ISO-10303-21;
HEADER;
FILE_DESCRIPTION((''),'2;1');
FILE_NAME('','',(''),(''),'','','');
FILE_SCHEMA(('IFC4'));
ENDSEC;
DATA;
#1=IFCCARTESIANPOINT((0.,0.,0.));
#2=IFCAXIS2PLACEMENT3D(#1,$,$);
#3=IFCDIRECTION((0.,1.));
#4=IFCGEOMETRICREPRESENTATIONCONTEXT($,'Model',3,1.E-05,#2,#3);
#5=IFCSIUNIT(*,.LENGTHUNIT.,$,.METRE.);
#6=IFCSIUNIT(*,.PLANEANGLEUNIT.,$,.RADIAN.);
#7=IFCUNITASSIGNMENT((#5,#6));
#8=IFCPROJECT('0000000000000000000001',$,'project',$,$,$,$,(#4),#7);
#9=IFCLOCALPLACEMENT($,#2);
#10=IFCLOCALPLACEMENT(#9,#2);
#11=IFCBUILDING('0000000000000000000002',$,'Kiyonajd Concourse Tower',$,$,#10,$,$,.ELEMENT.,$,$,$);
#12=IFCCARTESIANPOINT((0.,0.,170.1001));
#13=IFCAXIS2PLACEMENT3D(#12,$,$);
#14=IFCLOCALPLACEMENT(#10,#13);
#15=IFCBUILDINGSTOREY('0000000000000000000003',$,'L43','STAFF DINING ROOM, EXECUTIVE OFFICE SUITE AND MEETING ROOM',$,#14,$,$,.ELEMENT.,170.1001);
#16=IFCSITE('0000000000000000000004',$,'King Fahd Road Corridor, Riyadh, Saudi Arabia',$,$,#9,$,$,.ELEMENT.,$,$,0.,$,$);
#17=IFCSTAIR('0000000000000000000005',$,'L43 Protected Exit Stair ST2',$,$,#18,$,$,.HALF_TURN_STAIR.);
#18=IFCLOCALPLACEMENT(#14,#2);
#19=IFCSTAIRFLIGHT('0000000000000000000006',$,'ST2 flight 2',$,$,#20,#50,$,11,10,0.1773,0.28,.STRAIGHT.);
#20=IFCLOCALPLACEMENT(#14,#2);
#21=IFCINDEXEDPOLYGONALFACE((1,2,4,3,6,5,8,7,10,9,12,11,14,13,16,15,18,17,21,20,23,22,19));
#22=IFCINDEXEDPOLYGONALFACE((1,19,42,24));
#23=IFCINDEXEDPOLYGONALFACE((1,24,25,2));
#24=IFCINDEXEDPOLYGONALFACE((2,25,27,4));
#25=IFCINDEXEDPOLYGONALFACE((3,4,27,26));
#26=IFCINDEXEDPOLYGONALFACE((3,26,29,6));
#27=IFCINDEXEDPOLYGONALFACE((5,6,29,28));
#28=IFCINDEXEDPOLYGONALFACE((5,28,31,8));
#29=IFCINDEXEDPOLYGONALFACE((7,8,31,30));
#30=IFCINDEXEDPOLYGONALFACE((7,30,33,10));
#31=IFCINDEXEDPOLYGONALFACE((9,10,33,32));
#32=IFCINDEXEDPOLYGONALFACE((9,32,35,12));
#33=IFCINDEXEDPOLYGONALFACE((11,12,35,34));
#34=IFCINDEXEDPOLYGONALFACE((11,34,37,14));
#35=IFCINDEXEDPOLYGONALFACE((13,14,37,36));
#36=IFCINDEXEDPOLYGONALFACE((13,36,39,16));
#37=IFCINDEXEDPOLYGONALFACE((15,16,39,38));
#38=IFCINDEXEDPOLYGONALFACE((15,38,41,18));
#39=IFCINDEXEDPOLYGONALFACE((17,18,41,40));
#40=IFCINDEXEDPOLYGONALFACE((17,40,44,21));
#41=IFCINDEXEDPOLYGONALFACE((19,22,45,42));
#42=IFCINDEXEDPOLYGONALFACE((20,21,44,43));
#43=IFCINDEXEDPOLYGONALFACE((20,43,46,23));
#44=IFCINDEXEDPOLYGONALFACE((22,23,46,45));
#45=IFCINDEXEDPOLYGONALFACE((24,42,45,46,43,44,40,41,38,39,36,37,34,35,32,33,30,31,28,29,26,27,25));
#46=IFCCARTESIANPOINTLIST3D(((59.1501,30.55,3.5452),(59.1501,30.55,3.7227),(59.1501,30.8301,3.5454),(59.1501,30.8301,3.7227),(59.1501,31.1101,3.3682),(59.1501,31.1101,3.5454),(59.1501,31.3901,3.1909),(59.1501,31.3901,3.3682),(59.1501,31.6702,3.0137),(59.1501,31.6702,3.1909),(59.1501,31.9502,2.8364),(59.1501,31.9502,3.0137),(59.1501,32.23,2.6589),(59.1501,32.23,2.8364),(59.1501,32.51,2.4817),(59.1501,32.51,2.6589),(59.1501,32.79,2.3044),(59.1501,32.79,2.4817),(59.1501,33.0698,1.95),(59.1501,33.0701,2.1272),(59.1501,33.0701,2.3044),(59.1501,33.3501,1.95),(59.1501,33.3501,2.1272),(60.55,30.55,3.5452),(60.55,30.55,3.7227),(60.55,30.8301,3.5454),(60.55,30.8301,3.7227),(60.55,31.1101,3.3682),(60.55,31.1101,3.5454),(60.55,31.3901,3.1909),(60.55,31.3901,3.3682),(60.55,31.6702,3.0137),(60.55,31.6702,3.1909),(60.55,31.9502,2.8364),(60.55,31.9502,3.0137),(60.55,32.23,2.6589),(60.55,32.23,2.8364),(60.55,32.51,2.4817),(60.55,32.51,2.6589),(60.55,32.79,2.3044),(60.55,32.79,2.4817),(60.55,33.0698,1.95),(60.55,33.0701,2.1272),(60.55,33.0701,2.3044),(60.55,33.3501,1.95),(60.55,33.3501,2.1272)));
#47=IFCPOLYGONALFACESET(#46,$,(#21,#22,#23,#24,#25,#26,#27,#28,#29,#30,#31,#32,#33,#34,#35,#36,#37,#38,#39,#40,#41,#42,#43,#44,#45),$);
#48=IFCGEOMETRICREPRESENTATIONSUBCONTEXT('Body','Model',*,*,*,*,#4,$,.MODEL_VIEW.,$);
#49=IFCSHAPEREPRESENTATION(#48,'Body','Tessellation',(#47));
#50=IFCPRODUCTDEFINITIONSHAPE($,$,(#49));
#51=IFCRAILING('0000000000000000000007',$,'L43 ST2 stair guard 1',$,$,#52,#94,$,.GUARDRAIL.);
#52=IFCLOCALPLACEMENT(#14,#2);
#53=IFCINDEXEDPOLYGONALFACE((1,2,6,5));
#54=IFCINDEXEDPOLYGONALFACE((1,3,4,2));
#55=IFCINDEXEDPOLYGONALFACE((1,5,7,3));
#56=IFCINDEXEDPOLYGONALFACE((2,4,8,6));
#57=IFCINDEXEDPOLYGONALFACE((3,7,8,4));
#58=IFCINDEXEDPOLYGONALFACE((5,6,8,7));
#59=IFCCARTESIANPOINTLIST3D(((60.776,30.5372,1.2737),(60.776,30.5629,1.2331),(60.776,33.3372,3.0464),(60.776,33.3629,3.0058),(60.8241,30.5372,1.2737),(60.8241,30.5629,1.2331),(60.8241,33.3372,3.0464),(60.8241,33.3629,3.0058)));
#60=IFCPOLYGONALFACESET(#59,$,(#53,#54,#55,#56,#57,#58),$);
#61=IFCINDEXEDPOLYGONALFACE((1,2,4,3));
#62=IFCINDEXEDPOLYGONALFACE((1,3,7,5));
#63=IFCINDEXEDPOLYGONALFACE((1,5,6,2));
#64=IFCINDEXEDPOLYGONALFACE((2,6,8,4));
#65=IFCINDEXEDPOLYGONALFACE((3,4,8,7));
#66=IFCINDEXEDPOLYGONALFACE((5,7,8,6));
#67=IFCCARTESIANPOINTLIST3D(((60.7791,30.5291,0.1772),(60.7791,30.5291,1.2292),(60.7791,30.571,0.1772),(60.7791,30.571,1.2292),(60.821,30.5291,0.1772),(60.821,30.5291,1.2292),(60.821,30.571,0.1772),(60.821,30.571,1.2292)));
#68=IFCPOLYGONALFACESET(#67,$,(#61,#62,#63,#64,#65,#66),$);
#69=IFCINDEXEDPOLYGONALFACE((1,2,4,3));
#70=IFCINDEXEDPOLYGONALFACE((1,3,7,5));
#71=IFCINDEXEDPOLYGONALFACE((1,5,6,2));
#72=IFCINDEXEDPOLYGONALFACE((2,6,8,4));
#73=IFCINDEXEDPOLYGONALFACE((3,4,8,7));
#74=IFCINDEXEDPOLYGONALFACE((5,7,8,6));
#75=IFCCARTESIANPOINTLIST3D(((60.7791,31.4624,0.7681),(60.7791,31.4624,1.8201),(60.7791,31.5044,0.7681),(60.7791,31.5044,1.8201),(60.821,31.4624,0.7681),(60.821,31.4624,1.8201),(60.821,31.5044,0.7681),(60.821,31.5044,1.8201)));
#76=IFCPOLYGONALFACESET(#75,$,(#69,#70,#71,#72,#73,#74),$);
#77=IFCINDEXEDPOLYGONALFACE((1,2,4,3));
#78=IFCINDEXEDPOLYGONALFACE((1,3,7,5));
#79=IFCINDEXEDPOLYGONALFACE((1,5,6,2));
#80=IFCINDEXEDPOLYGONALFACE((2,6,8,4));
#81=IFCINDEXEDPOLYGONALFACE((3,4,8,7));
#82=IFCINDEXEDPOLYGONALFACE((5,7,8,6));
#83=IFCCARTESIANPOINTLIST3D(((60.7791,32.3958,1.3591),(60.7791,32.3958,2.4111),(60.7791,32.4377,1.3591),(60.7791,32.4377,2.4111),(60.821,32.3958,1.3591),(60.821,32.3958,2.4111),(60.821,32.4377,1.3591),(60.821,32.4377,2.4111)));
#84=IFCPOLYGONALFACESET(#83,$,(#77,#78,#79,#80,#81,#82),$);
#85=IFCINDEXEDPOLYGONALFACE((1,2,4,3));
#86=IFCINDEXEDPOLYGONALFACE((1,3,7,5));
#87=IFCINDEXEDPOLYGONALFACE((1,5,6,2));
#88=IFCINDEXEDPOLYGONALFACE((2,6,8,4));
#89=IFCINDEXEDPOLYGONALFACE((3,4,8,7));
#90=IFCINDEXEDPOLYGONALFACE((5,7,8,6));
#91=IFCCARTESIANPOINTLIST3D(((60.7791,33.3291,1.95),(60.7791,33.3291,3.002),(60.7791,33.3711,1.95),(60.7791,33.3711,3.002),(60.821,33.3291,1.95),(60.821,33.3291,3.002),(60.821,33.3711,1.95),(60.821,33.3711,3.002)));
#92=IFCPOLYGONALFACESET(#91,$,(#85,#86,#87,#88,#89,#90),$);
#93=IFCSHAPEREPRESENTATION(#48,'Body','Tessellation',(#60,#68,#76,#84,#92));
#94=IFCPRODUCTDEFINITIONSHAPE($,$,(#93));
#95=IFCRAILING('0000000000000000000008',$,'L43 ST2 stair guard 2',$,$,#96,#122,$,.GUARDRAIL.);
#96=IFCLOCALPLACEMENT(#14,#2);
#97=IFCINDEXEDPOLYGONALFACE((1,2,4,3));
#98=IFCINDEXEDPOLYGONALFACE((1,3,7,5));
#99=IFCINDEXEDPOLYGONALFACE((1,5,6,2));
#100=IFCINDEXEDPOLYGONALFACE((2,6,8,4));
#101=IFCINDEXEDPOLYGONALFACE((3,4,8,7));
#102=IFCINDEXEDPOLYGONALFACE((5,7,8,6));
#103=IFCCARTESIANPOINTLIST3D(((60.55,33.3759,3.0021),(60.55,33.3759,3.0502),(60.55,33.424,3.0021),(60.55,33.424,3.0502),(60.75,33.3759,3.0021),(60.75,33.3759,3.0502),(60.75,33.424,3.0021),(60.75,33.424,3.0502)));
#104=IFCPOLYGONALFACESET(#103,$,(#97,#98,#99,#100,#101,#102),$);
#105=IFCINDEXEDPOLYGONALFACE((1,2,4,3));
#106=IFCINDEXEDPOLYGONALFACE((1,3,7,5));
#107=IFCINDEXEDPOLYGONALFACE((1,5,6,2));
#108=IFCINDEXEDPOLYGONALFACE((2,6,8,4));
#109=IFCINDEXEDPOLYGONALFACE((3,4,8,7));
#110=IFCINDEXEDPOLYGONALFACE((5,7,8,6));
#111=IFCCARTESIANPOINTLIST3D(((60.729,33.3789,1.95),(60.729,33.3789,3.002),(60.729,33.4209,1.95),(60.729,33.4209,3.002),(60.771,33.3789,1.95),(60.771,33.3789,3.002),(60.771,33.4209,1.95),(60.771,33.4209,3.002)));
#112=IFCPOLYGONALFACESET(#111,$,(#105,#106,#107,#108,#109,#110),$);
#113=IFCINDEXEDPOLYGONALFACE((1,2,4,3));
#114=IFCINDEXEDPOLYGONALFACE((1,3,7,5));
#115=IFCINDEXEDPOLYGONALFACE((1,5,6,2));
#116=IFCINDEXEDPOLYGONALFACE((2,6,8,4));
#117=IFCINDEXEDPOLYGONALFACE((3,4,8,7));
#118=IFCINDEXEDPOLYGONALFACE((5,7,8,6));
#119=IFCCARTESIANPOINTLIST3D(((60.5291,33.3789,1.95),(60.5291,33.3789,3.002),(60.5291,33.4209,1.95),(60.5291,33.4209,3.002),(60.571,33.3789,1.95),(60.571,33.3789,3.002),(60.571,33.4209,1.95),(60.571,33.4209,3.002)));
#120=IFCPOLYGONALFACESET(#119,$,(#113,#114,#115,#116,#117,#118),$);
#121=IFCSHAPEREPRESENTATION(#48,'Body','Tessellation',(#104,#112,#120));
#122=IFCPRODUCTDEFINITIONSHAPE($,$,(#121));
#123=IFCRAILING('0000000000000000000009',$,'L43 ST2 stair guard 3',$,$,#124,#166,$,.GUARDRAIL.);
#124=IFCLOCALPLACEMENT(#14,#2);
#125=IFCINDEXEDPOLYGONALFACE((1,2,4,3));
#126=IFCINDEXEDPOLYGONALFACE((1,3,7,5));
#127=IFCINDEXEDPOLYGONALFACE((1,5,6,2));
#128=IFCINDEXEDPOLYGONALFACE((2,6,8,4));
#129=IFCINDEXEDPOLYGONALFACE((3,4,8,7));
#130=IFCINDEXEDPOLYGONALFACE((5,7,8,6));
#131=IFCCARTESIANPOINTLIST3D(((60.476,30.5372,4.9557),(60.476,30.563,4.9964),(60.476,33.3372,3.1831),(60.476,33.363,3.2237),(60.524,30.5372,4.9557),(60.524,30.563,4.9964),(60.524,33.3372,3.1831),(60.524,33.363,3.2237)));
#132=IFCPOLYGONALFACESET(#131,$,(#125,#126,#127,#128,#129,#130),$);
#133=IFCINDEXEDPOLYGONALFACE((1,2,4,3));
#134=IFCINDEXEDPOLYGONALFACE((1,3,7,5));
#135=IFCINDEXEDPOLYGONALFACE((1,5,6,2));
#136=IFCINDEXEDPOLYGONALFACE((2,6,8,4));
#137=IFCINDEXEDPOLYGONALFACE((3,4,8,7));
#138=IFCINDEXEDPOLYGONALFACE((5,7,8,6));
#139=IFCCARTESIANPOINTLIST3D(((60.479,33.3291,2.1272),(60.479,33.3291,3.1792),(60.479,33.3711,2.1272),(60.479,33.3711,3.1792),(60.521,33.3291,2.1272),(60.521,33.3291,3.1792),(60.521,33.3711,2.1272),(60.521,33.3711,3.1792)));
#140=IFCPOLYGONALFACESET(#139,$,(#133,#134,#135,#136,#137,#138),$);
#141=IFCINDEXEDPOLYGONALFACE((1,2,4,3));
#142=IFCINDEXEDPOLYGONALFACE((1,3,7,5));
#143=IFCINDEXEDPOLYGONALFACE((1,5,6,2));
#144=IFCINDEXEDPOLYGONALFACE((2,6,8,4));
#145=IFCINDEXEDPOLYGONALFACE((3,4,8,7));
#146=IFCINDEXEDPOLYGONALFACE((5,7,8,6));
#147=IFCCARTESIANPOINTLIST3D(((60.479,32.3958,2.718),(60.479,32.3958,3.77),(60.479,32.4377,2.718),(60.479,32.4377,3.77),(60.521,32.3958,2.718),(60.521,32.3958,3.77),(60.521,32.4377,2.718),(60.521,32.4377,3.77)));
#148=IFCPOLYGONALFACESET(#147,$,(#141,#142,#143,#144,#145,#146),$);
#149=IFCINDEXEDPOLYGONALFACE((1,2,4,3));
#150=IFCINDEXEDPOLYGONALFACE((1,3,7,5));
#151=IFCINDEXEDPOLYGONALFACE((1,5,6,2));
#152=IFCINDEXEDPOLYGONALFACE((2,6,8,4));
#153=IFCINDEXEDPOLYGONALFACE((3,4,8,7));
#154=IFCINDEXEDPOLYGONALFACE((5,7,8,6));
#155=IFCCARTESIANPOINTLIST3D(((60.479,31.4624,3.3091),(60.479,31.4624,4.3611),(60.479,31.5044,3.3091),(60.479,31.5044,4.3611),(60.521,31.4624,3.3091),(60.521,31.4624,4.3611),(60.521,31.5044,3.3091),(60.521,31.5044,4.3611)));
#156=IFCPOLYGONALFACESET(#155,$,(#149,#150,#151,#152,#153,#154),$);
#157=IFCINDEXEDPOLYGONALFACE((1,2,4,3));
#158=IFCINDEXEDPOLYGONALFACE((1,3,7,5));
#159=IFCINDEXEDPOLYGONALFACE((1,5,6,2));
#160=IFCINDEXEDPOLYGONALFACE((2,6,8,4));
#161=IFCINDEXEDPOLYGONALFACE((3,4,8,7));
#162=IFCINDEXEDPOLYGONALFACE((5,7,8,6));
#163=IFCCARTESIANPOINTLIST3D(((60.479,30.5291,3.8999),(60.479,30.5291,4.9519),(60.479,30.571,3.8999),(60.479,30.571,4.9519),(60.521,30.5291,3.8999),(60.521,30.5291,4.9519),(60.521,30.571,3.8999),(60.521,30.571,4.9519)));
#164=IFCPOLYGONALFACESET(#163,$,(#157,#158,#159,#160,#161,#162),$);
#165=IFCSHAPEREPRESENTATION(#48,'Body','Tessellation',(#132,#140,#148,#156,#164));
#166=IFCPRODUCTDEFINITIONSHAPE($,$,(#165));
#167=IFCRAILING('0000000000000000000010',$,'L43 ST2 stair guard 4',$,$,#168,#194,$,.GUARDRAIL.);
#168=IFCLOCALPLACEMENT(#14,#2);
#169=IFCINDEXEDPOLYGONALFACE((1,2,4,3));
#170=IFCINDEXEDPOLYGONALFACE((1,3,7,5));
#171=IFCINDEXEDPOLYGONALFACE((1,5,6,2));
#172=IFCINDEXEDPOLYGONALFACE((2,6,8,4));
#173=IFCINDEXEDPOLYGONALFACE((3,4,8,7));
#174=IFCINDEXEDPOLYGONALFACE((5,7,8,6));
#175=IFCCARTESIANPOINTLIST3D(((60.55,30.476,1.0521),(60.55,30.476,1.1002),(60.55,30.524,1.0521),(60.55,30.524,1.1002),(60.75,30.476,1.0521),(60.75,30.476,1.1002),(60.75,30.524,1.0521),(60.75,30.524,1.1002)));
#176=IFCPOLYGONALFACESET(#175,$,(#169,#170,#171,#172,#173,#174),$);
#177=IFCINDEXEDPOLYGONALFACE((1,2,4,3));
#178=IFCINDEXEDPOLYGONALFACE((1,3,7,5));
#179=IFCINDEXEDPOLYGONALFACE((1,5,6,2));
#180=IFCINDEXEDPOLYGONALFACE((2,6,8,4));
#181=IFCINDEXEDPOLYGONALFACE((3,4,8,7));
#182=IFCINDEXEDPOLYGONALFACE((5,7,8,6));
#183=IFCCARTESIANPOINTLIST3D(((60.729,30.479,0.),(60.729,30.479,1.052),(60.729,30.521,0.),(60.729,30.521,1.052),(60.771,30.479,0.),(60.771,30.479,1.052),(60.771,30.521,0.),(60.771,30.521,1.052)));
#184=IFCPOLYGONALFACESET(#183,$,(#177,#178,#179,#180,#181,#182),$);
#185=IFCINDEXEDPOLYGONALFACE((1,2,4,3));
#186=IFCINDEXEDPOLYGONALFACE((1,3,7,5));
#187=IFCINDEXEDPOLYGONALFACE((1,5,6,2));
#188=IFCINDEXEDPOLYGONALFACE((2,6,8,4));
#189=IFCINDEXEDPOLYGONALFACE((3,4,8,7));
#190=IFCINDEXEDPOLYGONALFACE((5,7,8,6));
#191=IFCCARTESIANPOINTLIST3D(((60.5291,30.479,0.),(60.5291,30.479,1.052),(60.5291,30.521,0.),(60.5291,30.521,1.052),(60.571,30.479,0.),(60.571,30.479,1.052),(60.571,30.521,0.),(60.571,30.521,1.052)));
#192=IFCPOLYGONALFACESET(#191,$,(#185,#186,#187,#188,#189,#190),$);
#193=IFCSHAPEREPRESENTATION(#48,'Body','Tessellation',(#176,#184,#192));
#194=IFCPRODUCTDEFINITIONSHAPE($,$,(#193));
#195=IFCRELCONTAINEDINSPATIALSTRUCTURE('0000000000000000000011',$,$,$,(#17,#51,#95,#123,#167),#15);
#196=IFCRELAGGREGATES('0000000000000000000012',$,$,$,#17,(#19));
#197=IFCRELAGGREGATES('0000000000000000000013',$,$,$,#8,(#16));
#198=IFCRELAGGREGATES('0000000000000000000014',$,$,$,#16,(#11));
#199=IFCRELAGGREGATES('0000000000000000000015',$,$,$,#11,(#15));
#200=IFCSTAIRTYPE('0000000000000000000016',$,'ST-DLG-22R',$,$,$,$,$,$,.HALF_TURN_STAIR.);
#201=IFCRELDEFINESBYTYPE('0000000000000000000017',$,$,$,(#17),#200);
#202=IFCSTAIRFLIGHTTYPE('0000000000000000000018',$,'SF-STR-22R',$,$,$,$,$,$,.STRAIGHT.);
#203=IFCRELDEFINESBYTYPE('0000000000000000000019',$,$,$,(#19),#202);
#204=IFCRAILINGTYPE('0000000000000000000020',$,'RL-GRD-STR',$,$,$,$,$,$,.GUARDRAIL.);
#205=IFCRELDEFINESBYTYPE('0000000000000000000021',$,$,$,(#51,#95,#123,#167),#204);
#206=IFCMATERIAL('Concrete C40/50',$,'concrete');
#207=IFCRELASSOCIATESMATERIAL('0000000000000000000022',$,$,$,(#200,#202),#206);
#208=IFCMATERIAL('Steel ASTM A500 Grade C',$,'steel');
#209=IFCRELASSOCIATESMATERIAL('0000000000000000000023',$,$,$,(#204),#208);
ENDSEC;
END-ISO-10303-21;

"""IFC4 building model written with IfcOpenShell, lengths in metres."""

from ifc_helpers import new_model, si_unit, direction, frame, origin, origin_2d, place, context, subcontext, project, spatial, polyline, rectangle, outline, extrude, material, type_object, element, aggregate, save


model = new_model("IFC4")

# Units and contexts
model_context = context("Model", 3, precision=1e-05, world=origin(), true_north=direction((0.0, 1.0)))
body_context = subcontext(model_context, "Body", "Model", "MODEL_VIEW")
ifc_project = project(units=[si_unit("LENGTHUNIT", "METRE"), si_unit("PLANEANGLEUNIT", "RADIAN")], contexts=[model_context])

# Site, building, storey
site_placement = place(None, origin())
site = spatial("IfcSite", under=ifc_project, at=site_placement, Name="King Fahd Road Corridor, Riyadh, Saudi Arabia", CompositionType="ELEMENT", RefElevation=0.0)
building_placement = place(site_placement, origin())
building = spatial("IfcBuilding", under=site, at=building_placement, Name="Kiyonajd Concourse Tower", CompositionType="ELEMENT")
storey_placement = place(building_placement, frame((0.0, 0.0, 170.1001)))
storey = spatial("IfcBuildingStorey", under=building, at=storey_placement, Name="L43", Description="STAFF DINING ROOM, EXECUTIVE OFFICE SUITE AND MEETING ROOM", CompositionType="ELEMENT", Elevation=170.1001)

# Stair, stair flight
ifc_material_1 = material(Name="Concrete C40/50", Category="concrete")
stair_type = type_object("IfcStairType", Name="ST-DLG-22R", PredefinedType="HALF_TURN_STAIR", material=ifc_material_1)
stair_placement = place(storey_placement, origin())
stair = element("IfcStair", 1, at=stair_placement, inside=storey, type_object=stair_type, Name="L43 Protected Exit Stair ST2", PredefinedType="HALF_TURN_STAIR")
stair_flight_type = type_object("IfcStairFlightType", Name="SF-STR-22R", PredefinedType="STRAIGHT", material=ifc_material_1)
stair_flight_1_placement = place(storey_placement, frame((59.8501, 33.3501, 1.95), z_axis=(0.0, 0.0, 1.0), x_axis=(0.0, -1.0, 0.0)))
stair_flight_1 = element("IfcStairFlight", 2, at=stair_flight_1_placement, type_object=stair_flight_type, Name="ST2 flight 2", NumberOfRisers=11, NumberOfTreads=10, PredefinedType="STRAIGHT", RiserHeight=0.1773, TreadLength=0.28, context=body_context, shape_type="SweptSolid", body=[
    extrude(outline(polyline([(0.0, 0.0), (0.0, 0.1772), (0.28, 0.1772), (0.28, 0.3545), (0.5601, 0.3545), (0.5601, 0.5317), (0.8401, 0.5317), (0.8401, 0.709), (1.1201, 0.709), (1.1201, 0.8865), (1.3999, 0.8865), (1.3999, 1.0637), (1.6799, 1.0637), (1.6799, 1.241), (1.96, 1.241), (1.96, 1.4182), (2.24, 1.4182), (2.24, 1.5955), (2.52, 1.5955), (2.52, 1.7727), (2.8, 1.7727), (2.8, 1.95), (2.8, 1.5952), (0.2803, 0.0), (0.0, 0.0)])), frame((0.0, 0.7, 0.0), z_axis=(0.0, -1.0, 0.0), x_axis=(1.0, 0.0, 0.0)), (0.0, 0.0, 1.0), 1.3999),
])
aggregate(stair, [stair_flight_1])

# Railings
ifc_material_2 = material(Name="Steel ASTM A500 Grade C", Category="steel")
railing_type_1 = type_object("IfcRailingType", Name="RL-GRD-STR", PredefinedType="GUARDRAIL", material=ifc_material_2)
railing_1_placement = place(storey_placement, frame((60.8, 30.55, 0.1772)))
element("IfcRailing", 3, at=railing_1_placement, inside=storey, type_object=railing_type_1, Name="L43 ST2 stair guard 1", PredefinedType="GUARDRAIL", context=body_context, shape_type="SweptSolid", body=[
    extrude(rectangle(XDim=0.0481, YDim=0.0481, at=origin_2d()), frame((0.0, 0.0, 1.0762), z_axis=(0.0, 0.844909, 0.53491), x_axis=(-1.0, 0.0, 0.0)), (0.0, 0.0, 1.0), 3.314),
    extrude(rectangle(XDim=0.042, YDim=0.042, at=origin_2d()), origin(), (0.0, 0.0, 1.0), 1.052),
    extrude(rectangle(XDim=0.042, YDim=0.042, at=origin_2d()), frame((0.0, 0.9333, 0.5908)), (0.0, 0.0, 1.0), 1.052),
    extrude(rectangle(XDim=0.042, YDim=0.042, at=origin_2d()), frame((0.0, 1.8667, 1.1819)), (0.0, 0.0, 1.0), 1.052),
    extrude(rectangle(XDim=0.042, YDim=0.042, at=origin_2d()), frame((0.0, 2.8, 1.7727)), (0.0, 0.0, 1.0), 1.052),
])
railing_2_placement = place(storey_placement, frame((60.75, 33.3999, 1.95)))
element("IfcRailing", 4, at=railing_2_placement, inside=storey, type_object=railing_type_1, Name="L43 ST2 stair guard 2", PredefinedType="GUARDRAIL", context=body_context, shape_type="SweptSolid", body=[
    extrude(rectangle(XDim=0.0481, YDim=0.0481, at=origin_2d()), frame((0.0, 0.0, 1.0762), z_axis=(-1.0, 0.0, 0.0), x_axis=(0.0, -1.0, 0.0)), (0.0, 0.0, 1.0), 0.2),
    extrude(rectangle(XDim=0.042, YDim=0.042, at=origin_2d()), origin(), (0.0, 0.0, 1.0), 1.052),
    extrude(rectangle(XDim=0.042, YDim=0.042, at=origin_2d()), frame((-0.2, 0.0, 0.0)), (0.0, 0.0, 1.0), 1.052),
])
railing_3_placement = place(storey_placement, frame((60.5, 33.3501, 2.1272)))
element("IfcRailing", 5, at=railing_3_placement, inside=storey, type_object=railing_type_1, Name="L43 ST2 stair guard 3", PredefinedType="GUARDRAIL", context=body_context, shape_type="SweptSolid", body=[
    extrude(rectangle(XDim=0.0481, YDim=0.0481, at=origin_2d()), frame((0.0, 0.0, 1.0762), z_axis=(0.0, -0.844909, 0.53491), x_axis=(1.0, 0.0, 0.0)), (0.0, 0.0, 1.0), 3.314),
    extrude(rectangle(XDim=0.042, YDim=0.042, at=origin_2d()), origin(), (0.0, 0.0, 1.0), 1.052),
    extrude(rectangle(XDim=0.042, YDim=0.042, at=origin_2d()), frame((0.0, -0.9333, 0.5908)), (0.0, 0.0, 1.0), 1.052),
    extrude(rectangle(XDim=0.042, YDim=0.042, at=origin_2d()), frame((0.0, -1.8667, 1.1819)), (0.0, 0.0, 1.0), 1.052),
    extrude(rectangle(XDim=0.042, YDim=0.042, at=origin_2d()), frame((0.0, -2.8, 1.7727)), (0.0, 0.0, 1.0), 1.052),
])
railing_4_placement = place(storey_placement, frame((60.75, 30.5, 0.0)))
element("IfcRailing", 6, at=railing_4_placement, inside=storey, type_object=railing_type_1, Name="L43 ST2 stair guard 4", PredefinedType="GUARDRAIL", context=body_context, shape_type="SweptSolid", body=[
    extrude(rectangle(XDim=0.0481, YDim=0.0481, at=origin_2d()), frame((0.0, 0.0, 1.0762), z_axis=(-1.0, 0.0, 0.0), x_axis=(0.0, -1.0, 0.0)), (0.0, 0.0, 1.0), 0.2),
    extrude(rectangle(XDim=0.042, YDim=0.042, at=origin_2d()), origin(), (0.0, 0.0, 1.0), 1.052),
    extrude(rectangle(XDim=0.042, YDim=0.042, at=origin_2d()), frame((-0.2, 0.0, 0.0)), (0.0, 0.0, 1.0), 1.052),
])

save(model, "model.ifc")
